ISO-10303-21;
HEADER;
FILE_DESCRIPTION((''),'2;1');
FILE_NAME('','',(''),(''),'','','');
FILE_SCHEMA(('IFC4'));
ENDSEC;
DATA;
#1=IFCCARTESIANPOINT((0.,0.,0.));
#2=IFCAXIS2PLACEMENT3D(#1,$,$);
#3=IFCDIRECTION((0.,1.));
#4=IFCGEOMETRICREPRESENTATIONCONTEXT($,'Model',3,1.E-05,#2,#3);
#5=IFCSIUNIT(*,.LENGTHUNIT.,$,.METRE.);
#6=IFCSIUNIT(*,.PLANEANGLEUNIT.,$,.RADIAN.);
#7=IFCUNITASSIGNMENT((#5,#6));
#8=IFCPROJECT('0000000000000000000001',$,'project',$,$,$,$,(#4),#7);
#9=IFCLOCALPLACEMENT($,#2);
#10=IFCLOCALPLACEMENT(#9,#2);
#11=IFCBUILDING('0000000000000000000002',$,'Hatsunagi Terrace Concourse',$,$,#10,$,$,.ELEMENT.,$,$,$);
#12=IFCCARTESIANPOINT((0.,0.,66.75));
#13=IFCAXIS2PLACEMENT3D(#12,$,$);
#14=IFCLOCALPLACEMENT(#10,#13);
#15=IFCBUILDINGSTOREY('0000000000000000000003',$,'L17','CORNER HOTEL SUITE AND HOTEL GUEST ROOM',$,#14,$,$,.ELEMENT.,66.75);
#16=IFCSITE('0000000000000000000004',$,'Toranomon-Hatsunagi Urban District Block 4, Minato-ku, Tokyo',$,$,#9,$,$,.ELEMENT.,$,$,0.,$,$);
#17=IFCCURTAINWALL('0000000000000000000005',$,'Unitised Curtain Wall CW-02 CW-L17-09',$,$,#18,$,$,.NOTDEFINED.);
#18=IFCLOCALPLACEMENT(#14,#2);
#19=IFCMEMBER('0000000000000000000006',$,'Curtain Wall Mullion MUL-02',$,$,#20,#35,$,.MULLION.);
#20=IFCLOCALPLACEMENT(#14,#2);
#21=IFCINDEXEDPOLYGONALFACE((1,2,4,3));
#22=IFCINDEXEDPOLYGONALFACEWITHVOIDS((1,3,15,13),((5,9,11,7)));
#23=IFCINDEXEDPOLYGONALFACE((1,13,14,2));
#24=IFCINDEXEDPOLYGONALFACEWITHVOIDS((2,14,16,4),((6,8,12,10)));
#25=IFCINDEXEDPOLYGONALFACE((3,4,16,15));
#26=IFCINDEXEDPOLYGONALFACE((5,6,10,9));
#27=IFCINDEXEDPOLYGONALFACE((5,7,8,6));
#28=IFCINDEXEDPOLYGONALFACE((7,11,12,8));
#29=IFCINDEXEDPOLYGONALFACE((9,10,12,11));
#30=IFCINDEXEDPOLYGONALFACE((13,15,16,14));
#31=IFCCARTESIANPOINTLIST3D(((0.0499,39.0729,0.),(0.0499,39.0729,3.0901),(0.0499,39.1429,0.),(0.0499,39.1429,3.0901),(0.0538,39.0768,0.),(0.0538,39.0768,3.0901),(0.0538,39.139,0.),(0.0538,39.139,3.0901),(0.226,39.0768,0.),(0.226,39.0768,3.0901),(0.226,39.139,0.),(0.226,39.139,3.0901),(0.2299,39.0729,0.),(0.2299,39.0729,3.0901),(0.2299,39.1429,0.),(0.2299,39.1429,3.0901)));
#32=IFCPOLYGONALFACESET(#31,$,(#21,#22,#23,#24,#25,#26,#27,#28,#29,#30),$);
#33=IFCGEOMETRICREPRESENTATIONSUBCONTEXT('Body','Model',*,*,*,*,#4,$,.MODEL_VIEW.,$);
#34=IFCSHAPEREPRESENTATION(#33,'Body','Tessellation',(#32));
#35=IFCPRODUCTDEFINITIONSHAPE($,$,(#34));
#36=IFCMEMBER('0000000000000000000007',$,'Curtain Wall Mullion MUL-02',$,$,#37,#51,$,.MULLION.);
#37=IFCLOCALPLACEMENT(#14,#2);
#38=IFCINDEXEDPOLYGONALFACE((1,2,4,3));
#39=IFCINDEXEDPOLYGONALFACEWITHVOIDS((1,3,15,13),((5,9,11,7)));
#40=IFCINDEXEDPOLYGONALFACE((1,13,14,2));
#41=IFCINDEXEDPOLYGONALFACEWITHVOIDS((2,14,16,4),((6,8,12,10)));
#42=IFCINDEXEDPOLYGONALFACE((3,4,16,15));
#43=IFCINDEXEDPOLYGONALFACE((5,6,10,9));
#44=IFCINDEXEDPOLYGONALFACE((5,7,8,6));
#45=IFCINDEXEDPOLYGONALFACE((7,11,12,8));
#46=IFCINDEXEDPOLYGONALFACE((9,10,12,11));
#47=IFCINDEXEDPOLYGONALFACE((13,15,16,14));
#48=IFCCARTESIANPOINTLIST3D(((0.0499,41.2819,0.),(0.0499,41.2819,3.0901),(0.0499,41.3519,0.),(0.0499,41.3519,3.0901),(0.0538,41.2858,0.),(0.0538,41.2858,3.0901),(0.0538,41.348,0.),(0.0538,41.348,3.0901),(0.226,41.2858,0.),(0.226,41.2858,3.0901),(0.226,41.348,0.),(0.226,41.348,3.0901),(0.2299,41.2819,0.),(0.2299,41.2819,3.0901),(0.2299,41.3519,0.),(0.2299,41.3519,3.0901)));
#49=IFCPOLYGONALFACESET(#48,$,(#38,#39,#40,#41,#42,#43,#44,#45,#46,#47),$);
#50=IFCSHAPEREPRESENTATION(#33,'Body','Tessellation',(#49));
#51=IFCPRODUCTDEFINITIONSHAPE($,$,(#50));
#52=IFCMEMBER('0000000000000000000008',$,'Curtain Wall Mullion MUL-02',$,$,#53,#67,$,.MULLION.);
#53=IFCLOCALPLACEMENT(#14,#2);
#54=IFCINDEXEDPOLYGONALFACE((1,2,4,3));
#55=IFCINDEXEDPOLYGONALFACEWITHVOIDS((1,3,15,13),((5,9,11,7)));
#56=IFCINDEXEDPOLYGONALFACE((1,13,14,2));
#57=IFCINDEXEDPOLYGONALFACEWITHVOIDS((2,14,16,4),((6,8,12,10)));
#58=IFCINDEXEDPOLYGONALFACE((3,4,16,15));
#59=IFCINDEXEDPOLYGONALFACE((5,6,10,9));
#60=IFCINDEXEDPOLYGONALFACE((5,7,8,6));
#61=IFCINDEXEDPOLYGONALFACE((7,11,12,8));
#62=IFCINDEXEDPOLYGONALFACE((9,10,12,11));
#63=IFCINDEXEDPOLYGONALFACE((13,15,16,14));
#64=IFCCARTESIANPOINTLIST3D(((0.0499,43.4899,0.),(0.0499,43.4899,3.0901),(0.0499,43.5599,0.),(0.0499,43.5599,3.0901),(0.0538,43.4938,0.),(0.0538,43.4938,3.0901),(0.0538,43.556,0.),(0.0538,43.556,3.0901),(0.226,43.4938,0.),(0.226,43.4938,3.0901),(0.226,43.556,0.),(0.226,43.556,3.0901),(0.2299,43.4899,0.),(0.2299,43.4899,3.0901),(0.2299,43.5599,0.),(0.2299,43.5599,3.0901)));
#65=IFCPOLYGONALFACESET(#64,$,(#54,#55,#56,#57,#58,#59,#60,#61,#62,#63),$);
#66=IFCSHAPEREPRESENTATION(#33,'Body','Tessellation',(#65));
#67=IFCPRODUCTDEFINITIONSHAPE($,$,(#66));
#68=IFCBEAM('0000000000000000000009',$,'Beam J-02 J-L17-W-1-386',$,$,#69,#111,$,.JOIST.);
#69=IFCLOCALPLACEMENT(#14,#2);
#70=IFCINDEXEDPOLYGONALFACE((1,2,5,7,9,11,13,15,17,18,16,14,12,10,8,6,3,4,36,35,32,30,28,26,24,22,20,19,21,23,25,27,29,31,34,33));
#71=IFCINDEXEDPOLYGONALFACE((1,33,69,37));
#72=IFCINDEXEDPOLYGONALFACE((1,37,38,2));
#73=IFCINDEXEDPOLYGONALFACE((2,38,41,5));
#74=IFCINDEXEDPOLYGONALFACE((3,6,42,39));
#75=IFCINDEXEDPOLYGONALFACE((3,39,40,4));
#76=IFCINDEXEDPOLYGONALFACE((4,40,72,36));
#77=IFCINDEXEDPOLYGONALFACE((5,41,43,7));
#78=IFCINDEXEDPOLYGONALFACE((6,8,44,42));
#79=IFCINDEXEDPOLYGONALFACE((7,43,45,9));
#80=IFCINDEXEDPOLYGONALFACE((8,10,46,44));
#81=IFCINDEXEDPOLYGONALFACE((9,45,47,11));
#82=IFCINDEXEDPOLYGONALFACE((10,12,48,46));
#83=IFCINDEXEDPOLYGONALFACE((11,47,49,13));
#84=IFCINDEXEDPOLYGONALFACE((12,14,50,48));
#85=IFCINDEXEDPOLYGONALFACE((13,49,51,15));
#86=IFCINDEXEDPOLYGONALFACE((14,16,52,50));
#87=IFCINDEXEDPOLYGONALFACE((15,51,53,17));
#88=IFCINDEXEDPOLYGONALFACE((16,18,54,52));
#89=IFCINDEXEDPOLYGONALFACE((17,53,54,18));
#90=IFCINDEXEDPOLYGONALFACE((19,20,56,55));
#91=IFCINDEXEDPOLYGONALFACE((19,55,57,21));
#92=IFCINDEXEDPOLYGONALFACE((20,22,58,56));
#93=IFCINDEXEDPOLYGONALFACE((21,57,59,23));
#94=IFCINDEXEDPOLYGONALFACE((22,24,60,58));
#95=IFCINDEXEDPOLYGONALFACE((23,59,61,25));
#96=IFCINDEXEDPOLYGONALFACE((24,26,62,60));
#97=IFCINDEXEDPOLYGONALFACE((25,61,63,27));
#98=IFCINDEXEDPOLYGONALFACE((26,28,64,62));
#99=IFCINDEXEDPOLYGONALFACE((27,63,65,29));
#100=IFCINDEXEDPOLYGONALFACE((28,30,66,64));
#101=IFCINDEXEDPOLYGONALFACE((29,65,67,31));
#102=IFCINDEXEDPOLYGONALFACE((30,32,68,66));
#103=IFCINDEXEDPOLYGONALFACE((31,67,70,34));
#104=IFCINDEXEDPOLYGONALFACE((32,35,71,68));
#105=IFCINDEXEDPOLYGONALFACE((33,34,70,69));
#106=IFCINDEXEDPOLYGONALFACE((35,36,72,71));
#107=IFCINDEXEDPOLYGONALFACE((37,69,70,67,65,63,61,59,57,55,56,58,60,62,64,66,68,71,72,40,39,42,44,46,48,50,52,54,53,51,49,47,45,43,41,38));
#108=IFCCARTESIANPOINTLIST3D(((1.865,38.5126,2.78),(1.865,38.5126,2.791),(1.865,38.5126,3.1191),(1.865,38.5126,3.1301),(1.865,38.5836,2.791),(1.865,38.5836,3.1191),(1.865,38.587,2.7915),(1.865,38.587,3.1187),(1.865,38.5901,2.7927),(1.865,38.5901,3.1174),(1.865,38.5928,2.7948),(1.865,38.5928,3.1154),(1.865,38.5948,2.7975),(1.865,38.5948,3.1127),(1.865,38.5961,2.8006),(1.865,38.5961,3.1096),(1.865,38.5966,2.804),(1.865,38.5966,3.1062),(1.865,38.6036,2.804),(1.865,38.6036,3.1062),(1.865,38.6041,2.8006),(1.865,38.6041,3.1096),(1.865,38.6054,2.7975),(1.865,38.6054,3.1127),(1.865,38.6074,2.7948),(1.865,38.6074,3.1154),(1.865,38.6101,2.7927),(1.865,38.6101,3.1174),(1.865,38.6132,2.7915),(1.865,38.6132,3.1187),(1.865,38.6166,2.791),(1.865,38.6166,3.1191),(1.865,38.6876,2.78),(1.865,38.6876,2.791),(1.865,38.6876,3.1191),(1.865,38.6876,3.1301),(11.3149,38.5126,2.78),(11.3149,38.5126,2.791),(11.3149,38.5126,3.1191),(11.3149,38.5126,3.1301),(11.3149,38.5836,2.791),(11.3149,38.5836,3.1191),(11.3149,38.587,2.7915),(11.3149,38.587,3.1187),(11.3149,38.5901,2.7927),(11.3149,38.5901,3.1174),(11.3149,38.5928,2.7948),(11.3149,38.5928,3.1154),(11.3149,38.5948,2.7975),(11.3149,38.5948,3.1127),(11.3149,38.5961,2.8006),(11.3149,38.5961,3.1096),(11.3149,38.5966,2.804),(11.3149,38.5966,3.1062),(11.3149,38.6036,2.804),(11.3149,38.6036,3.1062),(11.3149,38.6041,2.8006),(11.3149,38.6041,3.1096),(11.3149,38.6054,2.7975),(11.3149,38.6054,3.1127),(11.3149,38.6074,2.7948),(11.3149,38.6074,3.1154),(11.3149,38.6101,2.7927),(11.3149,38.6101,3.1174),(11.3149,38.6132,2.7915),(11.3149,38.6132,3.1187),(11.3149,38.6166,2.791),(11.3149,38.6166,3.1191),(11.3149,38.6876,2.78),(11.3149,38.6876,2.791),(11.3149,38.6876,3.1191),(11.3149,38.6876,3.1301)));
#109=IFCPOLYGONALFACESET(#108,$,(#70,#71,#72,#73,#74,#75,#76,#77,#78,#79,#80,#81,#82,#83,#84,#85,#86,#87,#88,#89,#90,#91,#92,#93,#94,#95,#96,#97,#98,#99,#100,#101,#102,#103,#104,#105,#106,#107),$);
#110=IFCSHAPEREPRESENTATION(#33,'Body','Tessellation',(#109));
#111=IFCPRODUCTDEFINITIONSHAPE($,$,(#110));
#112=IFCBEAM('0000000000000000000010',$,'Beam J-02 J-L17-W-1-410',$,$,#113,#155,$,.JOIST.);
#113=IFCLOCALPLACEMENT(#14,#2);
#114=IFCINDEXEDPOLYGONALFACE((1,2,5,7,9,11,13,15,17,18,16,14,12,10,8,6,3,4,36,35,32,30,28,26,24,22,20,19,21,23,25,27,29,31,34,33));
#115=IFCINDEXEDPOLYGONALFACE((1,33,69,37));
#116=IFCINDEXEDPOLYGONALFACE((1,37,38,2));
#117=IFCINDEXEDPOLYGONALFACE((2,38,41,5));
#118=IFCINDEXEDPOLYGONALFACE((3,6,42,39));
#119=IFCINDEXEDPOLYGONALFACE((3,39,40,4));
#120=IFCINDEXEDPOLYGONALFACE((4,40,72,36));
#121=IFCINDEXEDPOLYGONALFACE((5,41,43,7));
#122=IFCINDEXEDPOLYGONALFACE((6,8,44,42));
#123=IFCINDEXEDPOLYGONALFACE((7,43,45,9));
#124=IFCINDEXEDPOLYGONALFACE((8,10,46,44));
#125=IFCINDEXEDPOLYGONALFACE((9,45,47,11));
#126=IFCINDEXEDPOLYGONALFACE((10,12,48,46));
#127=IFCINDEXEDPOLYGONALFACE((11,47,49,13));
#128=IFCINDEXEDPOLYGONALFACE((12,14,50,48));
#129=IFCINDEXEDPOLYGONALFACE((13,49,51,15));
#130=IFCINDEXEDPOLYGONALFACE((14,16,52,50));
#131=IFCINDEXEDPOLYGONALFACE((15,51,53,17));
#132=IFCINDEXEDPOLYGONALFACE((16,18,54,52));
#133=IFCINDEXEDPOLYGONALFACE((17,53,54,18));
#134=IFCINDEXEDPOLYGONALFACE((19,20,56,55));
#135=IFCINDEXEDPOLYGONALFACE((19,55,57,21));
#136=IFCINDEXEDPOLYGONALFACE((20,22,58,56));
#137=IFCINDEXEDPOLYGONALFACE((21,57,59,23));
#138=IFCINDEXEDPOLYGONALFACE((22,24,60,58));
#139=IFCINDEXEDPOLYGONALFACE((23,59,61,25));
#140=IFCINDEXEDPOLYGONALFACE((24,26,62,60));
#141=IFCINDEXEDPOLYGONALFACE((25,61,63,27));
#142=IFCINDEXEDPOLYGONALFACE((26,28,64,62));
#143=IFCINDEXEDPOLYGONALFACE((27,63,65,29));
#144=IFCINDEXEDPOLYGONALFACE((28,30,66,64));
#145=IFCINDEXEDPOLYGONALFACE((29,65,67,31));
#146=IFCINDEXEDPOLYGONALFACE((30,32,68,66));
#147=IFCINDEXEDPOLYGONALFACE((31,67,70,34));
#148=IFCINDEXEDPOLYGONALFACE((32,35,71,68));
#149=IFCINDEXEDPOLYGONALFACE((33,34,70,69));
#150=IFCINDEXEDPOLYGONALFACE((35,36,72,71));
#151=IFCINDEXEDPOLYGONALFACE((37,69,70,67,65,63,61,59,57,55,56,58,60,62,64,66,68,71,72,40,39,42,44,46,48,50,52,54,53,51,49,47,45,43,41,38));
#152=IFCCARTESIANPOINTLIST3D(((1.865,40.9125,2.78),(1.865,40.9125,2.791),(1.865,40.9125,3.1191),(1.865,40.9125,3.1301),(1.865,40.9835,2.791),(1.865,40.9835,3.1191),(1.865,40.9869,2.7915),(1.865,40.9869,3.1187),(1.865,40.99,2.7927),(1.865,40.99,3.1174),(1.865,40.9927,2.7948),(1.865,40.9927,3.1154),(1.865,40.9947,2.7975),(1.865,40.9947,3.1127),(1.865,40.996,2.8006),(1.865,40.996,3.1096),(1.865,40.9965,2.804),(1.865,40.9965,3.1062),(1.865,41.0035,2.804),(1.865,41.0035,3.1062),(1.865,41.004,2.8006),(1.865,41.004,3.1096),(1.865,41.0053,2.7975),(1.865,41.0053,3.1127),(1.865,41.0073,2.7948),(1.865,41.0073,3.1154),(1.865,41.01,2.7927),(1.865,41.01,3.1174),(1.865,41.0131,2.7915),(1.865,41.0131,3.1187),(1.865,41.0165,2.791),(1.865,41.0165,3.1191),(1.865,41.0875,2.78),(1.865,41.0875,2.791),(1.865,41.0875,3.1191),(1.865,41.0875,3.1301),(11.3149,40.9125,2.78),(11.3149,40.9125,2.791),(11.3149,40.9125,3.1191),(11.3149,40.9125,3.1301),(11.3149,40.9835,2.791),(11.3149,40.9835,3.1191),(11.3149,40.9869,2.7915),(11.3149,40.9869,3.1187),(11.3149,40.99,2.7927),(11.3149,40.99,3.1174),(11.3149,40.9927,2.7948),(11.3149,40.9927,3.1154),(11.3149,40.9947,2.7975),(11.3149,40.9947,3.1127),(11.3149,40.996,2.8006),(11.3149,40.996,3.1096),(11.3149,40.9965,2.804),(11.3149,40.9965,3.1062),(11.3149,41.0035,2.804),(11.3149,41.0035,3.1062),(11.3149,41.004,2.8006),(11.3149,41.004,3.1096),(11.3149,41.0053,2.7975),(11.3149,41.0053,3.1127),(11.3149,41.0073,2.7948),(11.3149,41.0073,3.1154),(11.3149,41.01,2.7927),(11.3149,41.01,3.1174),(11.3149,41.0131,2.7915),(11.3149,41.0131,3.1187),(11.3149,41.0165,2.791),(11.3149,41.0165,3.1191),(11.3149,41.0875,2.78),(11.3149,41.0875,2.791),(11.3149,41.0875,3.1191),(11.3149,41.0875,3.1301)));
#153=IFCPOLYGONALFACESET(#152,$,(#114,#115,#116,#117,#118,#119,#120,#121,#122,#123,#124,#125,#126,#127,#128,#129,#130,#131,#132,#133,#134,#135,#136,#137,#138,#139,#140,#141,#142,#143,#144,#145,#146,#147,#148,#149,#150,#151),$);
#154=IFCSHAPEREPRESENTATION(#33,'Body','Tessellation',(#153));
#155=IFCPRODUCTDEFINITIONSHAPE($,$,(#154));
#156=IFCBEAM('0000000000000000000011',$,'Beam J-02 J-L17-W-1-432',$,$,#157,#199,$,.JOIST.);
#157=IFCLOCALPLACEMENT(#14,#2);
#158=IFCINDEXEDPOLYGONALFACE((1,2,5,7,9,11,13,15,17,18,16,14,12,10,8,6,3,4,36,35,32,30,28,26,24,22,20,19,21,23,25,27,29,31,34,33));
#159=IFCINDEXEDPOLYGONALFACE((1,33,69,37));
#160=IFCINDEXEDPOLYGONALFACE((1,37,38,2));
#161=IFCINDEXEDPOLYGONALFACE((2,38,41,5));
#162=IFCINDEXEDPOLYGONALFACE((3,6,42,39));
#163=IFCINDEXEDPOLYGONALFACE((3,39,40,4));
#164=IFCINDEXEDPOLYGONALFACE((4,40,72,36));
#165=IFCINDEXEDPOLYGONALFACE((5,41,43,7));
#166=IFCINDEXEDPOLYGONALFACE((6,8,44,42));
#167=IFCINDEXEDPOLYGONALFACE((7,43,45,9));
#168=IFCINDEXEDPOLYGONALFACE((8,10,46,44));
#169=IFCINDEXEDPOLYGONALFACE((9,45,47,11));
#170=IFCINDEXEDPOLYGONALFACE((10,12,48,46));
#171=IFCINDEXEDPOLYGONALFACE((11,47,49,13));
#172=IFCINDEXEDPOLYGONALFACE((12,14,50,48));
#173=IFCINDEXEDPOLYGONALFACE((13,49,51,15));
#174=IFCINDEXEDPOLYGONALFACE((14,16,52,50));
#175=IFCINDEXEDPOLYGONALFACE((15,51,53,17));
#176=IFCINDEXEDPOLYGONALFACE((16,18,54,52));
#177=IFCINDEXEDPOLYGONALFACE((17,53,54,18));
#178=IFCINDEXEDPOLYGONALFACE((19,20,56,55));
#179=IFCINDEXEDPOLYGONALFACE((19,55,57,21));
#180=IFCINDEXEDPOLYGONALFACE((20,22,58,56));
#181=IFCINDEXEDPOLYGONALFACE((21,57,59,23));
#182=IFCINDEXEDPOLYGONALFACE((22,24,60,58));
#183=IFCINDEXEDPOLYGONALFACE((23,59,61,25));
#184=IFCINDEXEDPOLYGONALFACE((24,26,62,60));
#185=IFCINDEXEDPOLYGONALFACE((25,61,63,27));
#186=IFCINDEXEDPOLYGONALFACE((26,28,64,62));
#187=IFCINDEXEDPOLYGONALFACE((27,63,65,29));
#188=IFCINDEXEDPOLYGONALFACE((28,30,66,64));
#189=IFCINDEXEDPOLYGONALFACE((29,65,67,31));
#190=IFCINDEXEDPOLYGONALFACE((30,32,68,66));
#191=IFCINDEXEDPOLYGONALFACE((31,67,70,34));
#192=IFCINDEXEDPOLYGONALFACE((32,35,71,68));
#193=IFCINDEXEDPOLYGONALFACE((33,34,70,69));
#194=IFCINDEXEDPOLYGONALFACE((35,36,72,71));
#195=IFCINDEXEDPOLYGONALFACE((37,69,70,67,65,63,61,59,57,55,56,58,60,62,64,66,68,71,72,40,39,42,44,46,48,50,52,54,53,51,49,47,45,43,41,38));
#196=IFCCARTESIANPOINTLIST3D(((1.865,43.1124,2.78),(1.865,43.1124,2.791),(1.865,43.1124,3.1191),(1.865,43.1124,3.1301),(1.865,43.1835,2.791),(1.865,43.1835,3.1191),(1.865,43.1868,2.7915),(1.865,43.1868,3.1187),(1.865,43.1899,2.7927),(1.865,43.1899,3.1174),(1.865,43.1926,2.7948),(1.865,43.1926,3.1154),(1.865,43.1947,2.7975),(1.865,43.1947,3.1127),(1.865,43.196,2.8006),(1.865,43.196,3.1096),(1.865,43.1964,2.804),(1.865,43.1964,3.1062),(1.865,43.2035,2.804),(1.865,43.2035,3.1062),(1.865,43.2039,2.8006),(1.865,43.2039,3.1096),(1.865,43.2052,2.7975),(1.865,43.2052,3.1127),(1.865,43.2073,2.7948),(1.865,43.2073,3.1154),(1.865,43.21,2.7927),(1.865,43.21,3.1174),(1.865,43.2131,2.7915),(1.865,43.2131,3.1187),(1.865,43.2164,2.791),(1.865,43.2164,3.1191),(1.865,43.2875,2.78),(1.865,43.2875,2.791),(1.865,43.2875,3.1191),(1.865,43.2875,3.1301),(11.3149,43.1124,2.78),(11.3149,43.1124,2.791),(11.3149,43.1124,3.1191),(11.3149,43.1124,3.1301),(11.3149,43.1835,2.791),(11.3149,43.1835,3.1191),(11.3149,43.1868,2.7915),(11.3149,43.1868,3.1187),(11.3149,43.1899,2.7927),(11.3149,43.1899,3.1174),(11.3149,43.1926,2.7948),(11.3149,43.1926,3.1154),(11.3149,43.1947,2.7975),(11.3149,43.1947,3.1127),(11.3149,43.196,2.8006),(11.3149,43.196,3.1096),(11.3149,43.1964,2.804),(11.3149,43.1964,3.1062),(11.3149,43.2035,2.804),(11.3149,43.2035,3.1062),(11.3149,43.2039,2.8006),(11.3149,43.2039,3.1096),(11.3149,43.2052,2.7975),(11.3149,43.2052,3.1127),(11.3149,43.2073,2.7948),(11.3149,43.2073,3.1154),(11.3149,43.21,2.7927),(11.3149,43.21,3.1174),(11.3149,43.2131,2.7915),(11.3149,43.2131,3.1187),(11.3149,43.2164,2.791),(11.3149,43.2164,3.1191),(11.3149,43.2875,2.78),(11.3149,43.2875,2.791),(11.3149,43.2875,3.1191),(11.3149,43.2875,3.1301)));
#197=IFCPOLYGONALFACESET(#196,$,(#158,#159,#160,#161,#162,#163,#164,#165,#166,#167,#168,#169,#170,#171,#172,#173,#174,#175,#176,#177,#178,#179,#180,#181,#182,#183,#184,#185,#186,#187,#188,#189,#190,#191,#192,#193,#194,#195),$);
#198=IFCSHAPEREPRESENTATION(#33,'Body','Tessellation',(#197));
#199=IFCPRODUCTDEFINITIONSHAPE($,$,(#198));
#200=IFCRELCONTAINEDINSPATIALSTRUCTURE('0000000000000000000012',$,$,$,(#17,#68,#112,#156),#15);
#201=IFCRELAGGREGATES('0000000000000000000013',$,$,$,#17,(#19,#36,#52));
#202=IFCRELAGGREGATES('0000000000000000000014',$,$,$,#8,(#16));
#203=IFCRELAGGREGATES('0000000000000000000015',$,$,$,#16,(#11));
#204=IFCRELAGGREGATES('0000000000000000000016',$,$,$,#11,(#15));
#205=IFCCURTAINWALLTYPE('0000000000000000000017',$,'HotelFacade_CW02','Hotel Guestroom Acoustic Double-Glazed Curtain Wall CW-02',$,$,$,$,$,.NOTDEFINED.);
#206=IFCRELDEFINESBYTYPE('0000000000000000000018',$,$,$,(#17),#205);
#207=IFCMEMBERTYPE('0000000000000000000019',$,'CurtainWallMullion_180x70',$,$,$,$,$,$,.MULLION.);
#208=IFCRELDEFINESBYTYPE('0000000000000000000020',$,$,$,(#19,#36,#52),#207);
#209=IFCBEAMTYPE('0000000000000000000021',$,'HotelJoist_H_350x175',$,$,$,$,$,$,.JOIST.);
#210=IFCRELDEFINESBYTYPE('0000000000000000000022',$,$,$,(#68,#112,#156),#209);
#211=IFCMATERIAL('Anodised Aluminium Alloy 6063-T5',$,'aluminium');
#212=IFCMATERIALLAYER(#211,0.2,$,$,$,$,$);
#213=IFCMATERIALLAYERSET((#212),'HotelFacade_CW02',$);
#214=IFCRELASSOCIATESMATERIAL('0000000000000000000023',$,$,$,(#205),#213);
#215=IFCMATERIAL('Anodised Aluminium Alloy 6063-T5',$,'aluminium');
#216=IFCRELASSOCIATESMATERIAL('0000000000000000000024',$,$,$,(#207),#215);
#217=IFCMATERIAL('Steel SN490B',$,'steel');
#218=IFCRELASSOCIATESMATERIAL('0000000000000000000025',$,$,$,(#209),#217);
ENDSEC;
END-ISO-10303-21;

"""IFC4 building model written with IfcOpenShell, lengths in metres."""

from ifc_helpers import new_model, si_unit, direction, frame, origin, origin_2d, place, context, subcontext, project, spatial, hollow_rectangle, i_section, extrude, material, layer, layer_set, material_profile, profile_set, type_object, element, aggregate, save


model = new_model("IFC4")

# Units and contexts
model_context = context("Model", 3, precision=1e-05, world=origin(), true_north=direction((0.0, 1.0)))
body_context = subcontext(model_context, "Body", "Model", "MODEL_VIEW")
ifc_project = project(units=[si_unit("LENGTHUNIT", "METRE"), si_unit("PLANEANGLEUNIT", "RADIAN")], contexts=[model_context])

# Site, building, storey
site_placement = place(None, origin())
site = spatial("IfcSite", under=ifc_project, at=site_placement, Name="Toranomon-Hatsunagi Urban District Block 4, Minato-ku, Tokyo", CompositionType="ELEMENT", RefElevation=0.0)
building_placement = place(site_placement, origin())
building = spatial("IfcBuilding", under=site, at=building_placement, Name="Hatsunagi Terrace Concourse", CompositionType="ELEMENT")
storey_placement = place(building_placement, frame((0.0, 0.0, 66.75)))
storey = spatial("IfcBuildingStorey", under=building, at=storey_placement, Name="L17", Description="CORNER HOTEL SUITE AND HOTEL GUEST ROOM", CompositionType="ELEMENT", Elevation=66.75)

# Curtain wall, members
ifc_material_1 = material(Name="Anodised Aluminium Alloy 6063-T5", Category="aluminium")
ifc_layer_1 = layer(ifc_material_1, 0.2)
ifc_layer_set_1 = layer_set([ifc_layer_1], Name="HotelFacade_CW02")
curtain_wall_type = type_object("IfcCurtainWallType", Name="HotelFacade_CW02", Description="Hotel Guestroom Acoustic Double-Glazed Curtain Wall CW-02", PredefinedType="NOTDEFINED", material=ifc_layer_set_1)
curtain_wall_placement = place(storey_placement, origin())
curtain_wall = element("IfcCurtainWall", 1, at=curtain_wall_placement, inside=storey, type_object=curtain_wall_type, Name="Unitised Curtain Wall CW-02 CW-L17-09", PredefinedType="NOTDEFINED")
ifc_material_2 = material(Name="Anodised Aluminium Alloy 6063-T5", Category="aluminium")
ifc_material_profile_1 = material_profile(ifc_material_2, hollow_rectangle(XDim=0.0701, YDim=0.1799, WallThickness=0.0039, at=origin_2d()), Name="ALU-MUL-180x70x4")
ifc_profile_set_1 = profile_set([ifc_material_profile_1], Name="Anodised Aluminium Alloy 6063-T5")
member_type = type_object("IfcMemberType", Name="CurtainWallMullion_180x70", PredefinedType="MULLION", material=ifc_profile_set_1)
member_1_placement = place(storey_placement, frame((0.1399, 39.1079, 0.0), z_axis=(0.0, 0.0, 1.0), x_axis=(0.0, 1.0, 0.0)))
member_1 = element("IfcMember", 2, at=member_1_placement, type_object=member_type, Name="Curtain Wall Mullion MUL-02", PredefinedType="MULLION", context=body_context, shape_type="SweptSolid", body=[
    extrude(hollow_rectangle(XDim=0.0701, YDim=0.1799, WallThickness=0.0039, at=origin_2d()), origin(), (0.0, 0.0, 1.0), 3.0901),
])
member_2_placement = place(storey_placement, frame((0.1399, 41.3169, 0.0), z_axis=(0.0, 0.0, 1.0), x_axis=(0.0, 1.0, 0.0)))
member_2 = element("IfcMember", 3, at=member_2_placement, type_object=member_type, Name="Curtain Wall Mullion MUL-02", PredefinedType="MULLION", context=body_context, shape_type="SweptSolid", body=[
    extrude(hollow_rectangle(XDim=0.0701, YDim=0.1799, WallThickness=0.0039, at=origin_2d()), origin(), (0.0, 0.0, 1.0), 3.0901),
])
member_3_placement = place(storey_placement, frame((0.1399, 43.5249, 0.0), z_axis=(0.0, 0.0, 1.0), x_axis=(0.0, 1.0, 0.0)))
member_3 = element("IfcMember", 4, at=member_3_placement, type_object=member_type, Name="Curtain Wall Mullion MUL-02", PredefinedType="MULLION", context=body_context, shape_type="SweptSolid", body=[
    extrude(hollow_rectangle(XDim=0.0701, YDim=0.1799, WallThickness=0.0039, at=origin_2d()), origin(), (0.0, 0.0, 1.0), 3.0901),
])

# Beams
ifc_material_3 = material(Name="Steel SN490B", Category="steel")
ifc_material_profile_2 = material_profile(ifc_material_3, i_section(OverallWidth=0.175, OverallDepth=0.3501, WebThickness=0.0071, FlangeThickness=0.011, FilletRadius=0.0129, at=origin_2d()), Name="H-350x175x7x11")
ifc_profile_set_2 = profile_set([ifc_material_profile_2], Name="Steel SN490B")
beam_type = type_object("IfcBeamType", Name="HotelJoist_H_350x175", PredefinedType="JOIST", material=ifc_profile_set_2)
for number, where, z_axis, x_axis, name in (
    (5, (1.865, 38.6001, 2.9551), (1.0, 0.0, 0.0), (0.0, 1.0, 0.0), "Beam J-02 J-L17-W-1-386"),
    (6, (1.865, 41.0, 2.9551), (1.0, 0.0, 0.0), (0.0, 1.0, 0.0), "Beam J-02 J-L17-W-1-410"),
    (7, (1.865, 43.2, 2.9551), (1.0, 0.0, 0.0), (0.0, 1.0, 0.0), "Beam J-02 J-L17-W-1-432"),
):
    element("IfcBeam", number, at=place(storey_placement, frame(where, z_axis=z_axis, x_axis=x_axis)), inside=storey, type_object=beam_type, Name=name, PredefinedType="JOIST", context=body_context, shape_type="SweptSolid", body=[
        extrude(i_section(OverallWidth=0.175, OverallDepth=0.3501, WebThickness=0.0071, FlangeThickness=0.011, FilletRadius=0.0129, at=origin_2d()), origin(), (0.0, 0.0, 1.0), 9.45),
    ])

aggregate(curtain_wall, [member_1, member_2, member_3])

save(model, "model.ifc")
